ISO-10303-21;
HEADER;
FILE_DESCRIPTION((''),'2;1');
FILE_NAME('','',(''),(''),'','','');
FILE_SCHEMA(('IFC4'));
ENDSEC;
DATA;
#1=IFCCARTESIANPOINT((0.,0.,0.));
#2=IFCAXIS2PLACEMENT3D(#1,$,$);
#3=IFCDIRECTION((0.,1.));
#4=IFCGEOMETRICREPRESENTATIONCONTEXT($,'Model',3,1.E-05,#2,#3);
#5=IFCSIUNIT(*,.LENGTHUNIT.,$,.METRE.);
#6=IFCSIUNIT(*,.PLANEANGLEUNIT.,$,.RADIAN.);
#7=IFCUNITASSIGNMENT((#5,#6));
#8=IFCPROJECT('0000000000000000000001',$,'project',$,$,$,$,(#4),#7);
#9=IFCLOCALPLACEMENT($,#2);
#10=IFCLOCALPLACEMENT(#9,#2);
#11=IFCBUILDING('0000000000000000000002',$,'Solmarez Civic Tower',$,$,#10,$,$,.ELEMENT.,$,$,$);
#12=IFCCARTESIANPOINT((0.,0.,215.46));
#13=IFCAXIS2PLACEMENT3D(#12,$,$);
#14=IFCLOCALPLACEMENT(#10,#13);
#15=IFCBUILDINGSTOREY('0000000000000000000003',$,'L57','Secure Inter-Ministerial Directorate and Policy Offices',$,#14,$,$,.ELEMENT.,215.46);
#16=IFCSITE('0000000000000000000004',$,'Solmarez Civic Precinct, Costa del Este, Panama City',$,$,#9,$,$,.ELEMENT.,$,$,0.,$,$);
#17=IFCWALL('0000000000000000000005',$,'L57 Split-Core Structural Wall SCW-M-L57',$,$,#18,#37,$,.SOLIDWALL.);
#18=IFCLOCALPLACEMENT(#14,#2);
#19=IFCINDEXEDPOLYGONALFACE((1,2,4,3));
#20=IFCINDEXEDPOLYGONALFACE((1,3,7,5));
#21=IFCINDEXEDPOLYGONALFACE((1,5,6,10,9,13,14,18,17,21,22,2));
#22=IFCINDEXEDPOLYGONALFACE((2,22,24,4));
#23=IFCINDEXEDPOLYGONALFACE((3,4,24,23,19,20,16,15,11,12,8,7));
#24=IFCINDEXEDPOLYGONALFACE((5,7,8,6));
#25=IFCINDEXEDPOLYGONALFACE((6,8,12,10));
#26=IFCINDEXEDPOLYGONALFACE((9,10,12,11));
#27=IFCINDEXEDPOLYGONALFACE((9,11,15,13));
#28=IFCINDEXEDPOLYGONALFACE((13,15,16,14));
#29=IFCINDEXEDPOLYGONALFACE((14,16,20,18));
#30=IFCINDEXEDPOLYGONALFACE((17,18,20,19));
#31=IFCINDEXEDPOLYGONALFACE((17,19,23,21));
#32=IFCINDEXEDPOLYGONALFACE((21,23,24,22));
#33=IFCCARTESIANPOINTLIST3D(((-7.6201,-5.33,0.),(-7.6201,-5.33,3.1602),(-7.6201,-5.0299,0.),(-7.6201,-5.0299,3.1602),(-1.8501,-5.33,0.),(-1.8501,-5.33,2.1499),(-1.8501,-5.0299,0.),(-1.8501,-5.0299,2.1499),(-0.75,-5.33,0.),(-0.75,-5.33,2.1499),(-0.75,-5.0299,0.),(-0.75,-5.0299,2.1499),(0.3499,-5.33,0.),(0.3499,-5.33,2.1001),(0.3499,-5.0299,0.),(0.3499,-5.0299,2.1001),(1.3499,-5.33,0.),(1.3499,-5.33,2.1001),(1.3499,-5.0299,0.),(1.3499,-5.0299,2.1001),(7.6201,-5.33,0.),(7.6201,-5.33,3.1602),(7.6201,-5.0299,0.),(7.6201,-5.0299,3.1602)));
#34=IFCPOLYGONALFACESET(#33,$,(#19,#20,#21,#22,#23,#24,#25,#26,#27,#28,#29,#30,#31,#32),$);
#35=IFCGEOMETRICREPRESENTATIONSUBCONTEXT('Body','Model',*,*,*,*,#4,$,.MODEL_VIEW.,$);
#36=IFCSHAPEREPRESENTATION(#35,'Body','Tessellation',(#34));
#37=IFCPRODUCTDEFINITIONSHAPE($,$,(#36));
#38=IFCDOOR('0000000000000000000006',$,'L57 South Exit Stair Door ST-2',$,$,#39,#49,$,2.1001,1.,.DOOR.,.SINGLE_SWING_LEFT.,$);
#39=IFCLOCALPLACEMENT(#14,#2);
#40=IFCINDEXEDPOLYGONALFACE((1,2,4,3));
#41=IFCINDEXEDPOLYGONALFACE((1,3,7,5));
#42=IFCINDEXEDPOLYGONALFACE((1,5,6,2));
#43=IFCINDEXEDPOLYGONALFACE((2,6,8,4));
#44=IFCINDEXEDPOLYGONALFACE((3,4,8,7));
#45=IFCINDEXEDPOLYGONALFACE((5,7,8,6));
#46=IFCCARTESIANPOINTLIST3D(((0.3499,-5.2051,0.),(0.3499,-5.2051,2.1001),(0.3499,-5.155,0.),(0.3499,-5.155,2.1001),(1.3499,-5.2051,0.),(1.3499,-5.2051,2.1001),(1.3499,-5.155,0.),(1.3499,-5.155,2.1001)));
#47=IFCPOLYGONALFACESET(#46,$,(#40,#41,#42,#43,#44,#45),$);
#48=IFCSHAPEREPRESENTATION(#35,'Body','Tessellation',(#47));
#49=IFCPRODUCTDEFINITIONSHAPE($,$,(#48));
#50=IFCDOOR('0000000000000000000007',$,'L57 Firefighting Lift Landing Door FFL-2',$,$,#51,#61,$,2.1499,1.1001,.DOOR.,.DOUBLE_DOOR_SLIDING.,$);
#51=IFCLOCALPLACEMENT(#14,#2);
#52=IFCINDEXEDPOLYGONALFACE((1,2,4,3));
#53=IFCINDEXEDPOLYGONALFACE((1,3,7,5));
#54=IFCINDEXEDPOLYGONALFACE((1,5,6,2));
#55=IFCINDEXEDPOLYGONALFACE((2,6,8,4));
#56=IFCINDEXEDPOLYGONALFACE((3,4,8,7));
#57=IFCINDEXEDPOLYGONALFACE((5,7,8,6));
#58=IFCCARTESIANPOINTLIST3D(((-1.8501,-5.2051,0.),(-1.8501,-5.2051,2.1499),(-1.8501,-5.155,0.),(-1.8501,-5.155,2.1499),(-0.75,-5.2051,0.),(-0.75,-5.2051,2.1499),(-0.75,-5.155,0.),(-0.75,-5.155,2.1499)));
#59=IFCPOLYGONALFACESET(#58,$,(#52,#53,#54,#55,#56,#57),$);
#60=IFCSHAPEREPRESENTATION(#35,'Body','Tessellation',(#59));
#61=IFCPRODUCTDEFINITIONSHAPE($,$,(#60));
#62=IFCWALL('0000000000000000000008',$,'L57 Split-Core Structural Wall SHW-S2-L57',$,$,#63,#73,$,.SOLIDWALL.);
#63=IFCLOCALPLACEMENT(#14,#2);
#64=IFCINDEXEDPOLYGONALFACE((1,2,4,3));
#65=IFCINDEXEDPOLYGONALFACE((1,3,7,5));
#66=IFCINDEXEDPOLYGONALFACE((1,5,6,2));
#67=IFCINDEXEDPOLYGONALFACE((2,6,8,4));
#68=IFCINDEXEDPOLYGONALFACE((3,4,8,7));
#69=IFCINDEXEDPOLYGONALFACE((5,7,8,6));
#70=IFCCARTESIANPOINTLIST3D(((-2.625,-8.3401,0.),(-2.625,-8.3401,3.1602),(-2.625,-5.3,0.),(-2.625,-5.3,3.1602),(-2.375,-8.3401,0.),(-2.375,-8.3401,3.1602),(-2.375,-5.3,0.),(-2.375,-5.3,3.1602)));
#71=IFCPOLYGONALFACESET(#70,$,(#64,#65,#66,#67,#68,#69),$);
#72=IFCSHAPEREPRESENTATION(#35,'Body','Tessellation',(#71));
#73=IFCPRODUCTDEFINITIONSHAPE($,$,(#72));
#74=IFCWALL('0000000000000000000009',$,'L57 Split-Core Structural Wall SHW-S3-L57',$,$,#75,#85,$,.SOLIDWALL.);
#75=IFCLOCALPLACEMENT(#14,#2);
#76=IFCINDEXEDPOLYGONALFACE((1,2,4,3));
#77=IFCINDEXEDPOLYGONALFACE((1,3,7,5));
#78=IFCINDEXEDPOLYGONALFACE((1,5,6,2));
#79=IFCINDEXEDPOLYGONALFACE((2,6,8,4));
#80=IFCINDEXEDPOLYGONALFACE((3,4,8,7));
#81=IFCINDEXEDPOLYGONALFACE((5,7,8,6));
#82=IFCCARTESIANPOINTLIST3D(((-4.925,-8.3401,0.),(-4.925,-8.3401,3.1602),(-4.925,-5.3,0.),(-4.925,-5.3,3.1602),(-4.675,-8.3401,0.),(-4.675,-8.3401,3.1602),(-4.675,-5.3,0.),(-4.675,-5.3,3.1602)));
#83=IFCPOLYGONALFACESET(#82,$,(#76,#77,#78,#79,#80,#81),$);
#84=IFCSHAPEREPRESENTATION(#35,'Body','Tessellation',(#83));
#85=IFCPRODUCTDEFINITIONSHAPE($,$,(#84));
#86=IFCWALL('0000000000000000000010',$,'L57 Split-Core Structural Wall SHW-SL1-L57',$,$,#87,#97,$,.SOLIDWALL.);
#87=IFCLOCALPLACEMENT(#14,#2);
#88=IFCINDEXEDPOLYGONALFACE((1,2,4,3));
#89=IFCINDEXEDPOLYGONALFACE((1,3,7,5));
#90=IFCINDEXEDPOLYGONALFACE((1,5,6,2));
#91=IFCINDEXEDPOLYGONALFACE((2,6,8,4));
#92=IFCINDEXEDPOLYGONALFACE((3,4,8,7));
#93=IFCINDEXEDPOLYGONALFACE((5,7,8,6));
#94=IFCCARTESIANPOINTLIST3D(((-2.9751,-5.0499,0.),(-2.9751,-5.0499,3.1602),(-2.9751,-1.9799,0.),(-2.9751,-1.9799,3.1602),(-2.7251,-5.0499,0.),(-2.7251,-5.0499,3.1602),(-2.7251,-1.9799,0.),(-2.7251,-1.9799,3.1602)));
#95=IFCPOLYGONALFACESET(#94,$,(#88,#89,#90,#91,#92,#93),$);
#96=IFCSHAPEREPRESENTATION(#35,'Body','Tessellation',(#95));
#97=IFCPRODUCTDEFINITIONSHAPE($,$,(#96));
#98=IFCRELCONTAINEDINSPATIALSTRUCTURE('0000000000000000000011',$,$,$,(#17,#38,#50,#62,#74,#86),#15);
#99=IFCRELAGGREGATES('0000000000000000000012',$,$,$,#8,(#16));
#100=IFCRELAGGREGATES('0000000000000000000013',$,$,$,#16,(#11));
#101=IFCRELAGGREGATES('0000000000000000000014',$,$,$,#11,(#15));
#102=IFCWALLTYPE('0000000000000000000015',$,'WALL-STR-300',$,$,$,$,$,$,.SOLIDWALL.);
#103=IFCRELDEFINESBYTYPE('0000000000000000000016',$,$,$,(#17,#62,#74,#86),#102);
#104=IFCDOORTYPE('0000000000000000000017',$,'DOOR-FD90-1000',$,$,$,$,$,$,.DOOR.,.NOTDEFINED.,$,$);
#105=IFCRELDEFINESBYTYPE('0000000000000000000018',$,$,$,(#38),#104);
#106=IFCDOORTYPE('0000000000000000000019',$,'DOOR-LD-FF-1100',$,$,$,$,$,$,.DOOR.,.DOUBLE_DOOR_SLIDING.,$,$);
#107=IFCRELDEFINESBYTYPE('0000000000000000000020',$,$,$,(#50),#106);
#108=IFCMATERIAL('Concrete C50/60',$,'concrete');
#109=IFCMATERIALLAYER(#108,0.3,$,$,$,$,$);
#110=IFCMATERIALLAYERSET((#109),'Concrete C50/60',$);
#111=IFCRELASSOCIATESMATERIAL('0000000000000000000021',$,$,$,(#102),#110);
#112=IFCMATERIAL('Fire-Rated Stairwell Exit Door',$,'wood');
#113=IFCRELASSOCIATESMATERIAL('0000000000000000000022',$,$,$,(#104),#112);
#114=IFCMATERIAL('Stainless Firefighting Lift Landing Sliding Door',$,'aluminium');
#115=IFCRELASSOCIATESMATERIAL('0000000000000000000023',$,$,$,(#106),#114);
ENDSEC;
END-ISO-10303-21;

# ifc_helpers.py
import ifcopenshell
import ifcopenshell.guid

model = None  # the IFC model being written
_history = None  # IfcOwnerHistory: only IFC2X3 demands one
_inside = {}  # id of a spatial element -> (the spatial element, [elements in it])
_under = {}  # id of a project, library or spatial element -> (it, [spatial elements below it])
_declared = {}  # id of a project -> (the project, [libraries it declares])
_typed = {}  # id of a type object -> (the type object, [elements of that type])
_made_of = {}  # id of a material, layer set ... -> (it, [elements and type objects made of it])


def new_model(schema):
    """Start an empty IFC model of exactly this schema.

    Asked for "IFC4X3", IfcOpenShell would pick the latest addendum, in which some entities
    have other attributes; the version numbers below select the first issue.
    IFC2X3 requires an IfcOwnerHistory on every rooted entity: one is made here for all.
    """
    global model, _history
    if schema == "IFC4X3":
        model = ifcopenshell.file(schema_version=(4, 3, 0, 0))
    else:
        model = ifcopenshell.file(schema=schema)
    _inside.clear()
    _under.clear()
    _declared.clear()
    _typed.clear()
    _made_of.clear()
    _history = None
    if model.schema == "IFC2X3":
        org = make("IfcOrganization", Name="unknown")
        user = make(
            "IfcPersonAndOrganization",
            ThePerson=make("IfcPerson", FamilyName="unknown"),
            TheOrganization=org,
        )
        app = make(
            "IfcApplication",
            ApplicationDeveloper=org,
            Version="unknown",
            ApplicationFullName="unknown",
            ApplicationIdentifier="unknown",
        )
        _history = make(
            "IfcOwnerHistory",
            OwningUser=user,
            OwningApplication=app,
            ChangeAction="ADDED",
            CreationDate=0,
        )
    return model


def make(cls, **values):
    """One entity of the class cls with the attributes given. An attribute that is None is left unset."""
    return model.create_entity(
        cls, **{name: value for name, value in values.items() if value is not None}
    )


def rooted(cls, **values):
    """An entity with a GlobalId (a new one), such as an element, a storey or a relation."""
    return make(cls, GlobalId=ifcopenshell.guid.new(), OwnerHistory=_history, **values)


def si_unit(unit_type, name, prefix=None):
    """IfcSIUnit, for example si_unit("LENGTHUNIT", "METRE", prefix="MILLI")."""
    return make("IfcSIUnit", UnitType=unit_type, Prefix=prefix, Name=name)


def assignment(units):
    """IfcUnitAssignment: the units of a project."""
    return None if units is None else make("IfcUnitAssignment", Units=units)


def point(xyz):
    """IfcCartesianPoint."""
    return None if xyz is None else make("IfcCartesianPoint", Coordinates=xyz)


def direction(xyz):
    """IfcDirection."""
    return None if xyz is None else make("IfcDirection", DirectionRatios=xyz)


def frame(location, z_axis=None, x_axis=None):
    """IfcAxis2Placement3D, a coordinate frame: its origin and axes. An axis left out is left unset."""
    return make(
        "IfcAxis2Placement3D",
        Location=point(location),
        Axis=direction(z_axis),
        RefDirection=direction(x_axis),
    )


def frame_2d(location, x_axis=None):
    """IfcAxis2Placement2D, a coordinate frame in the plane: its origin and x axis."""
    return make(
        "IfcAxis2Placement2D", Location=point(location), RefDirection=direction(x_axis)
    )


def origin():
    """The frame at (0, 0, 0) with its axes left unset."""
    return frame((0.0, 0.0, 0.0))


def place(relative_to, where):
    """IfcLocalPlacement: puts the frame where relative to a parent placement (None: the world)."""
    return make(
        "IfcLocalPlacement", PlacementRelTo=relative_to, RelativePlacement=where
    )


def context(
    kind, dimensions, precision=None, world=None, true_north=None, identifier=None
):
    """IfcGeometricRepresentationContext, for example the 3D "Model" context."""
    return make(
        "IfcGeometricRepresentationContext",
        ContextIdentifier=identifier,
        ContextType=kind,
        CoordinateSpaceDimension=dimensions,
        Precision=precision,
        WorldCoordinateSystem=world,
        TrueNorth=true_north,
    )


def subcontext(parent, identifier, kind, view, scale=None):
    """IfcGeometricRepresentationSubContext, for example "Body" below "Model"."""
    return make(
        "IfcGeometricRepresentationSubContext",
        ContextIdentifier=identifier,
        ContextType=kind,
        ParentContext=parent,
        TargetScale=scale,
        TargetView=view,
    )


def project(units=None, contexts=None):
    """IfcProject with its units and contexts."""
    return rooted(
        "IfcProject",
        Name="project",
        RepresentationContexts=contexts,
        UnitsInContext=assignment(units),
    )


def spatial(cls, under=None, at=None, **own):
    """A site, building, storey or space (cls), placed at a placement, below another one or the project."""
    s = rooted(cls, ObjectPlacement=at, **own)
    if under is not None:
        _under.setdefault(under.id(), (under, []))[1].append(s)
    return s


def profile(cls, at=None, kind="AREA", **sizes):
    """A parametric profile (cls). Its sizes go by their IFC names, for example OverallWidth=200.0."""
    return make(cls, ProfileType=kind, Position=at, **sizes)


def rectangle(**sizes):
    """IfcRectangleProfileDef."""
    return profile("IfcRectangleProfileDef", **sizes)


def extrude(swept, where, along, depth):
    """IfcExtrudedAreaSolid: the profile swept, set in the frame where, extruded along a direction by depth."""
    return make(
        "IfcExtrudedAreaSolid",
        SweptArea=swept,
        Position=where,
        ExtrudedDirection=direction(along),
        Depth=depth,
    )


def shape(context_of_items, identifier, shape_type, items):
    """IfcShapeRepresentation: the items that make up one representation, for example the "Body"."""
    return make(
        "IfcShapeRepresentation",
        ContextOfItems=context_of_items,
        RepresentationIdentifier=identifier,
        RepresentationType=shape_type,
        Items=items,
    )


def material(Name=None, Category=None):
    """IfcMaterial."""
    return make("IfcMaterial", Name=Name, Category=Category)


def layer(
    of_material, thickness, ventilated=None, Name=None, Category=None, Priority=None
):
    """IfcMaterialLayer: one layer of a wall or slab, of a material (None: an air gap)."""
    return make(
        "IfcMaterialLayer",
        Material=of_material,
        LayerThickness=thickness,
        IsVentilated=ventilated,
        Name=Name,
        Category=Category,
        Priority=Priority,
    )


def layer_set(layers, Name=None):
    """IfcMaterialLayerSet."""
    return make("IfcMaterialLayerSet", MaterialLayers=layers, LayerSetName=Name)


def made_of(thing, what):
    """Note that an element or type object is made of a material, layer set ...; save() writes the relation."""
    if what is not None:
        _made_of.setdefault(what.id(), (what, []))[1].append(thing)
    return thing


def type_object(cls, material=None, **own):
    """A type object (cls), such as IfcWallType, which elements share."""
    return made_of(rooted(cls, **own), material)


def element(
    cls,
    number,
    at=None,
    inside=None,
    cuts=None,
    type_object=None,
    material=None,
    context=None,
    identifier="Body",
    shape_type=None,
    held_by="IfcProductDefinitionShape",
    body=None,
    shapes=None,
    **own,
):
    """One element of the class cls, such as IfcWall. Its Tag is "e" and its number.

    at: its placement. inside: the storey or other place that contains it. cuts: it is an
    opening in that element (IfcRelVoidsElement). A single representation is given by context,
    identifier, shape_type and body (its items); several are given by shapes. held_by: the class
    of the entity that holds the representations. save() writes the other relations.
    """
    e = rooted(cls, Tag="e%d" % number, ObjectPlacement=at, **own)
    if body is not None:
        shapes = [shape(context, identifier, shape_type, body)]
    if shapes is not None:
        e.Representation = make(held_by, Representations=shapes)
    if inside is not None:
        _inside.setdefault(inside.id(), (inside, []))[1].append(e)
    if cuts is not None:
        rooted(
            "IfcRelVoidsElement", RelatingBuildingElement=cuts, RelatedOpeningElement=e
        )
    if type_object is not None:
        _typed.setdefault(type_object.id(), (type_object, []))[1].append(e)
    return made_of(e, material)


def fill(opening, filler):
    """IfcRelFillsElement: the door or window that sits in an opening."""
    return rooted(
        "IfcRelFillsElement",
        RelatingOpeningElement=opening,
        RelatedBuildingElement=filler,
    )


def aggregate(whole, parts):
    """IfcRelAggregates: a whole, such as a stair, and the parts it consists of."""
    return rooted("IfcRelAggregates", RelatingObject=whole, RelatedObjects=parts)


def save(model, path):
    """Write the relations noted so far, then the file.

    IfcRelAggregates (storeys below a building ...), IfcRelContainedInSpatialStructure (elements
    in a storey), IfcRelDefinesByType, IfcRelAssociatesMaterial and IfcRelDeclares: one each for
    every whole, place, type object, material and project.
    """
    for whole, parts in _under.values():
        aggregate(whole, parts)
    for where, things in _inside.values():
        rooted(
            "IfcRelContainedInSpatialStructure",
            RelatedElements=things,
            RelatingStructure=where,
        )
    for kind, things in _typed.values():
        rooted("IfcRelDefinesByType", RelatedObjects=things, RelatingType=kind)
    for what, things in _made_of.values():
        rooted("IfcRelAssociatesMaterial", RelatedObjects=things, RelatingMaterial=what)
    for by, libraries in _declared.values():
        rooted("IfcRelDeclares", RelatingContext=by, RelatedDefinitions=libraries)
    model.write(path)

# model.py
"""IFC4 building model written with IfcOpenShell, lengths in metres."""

from ifc_helpers import new_model, si_unit, direction, frame, frame_2d, origin, place, context, subcontext, project, spatial, rectangle, extrude, material, layer, layer_set, type_object, element, fill, save


model = new_model("IFC4")

# Units and contexts
model_context = context("Model", 3, precision=1e-05, world=origin(), true_north=direction((0.0, 1.0)))
body_context = subcontext(model_context, "Body", "Model", "MODEL_VIEW")
ifc_project = project(units=[si_unit("LENGTHUNIT", "METRE"), si_unit("PLANEANGLEUNIT", "RADIAN")], contexts=[model_context])

# Site, building, storey
site_placement = place(None, origin())
site = spatial("IfcSite", under=ifc_project, at=site_placement, Name="Solmarez Civic Precinct, Costa del Este, Panama City", CompositionType="ELEMENT", RefElevation=0.0)
building_placement = place(site_placement, origin())
building = spatial("IfcBuilding", under=site, at=building_placement, Name="Solmarez Civic Tower", CompositionType="ELEMENT")
storey_placement = place(building_placement, frame((0.0, 0.0, 215.46)))
storey = spatial("IfcBuildingStorey", under=building, at=storey_placement, Name="L57", Description="Secure Inter-Ministerial Directorate and Policy Offices", CompositionType="ELEMENT", Elevation=215.46)

# Shared definitions
ifc_material_1 = material(Name="Concrete C50/60", Category="concrete")

# Wall, openings, doors
ifc_layer_1 = layer(ifc_material_1, 0.3)
ifc_layer_set_1 = layer_set([ifc_layer_1], Name="Concrete C50/60")
wall_type_1 = type_object("IfcWallType", Name="WALL-STR-300", PredefinedType="SOLIDWALL", material=ifc_layer_set_1)
wall_1_placement = place(storey_placement, frame((-7.6201, -5.1799, 0.0), z_axis=(0.0, 0.0, 1.0), x_axis=(1.0, 0.0, 0.0)))
wall_1 = element("IfcWall", 1, at=wall_1_placement, inside=storey, type_object=wall_type_1, Name="L57 Split-Core Structural Wall SCW-M-L57", PredefinedType="SOLIDWALL", context=body_context, shape_type="SweptSolid", body=[
    extrude(rectangle(XDim=15.2402, YDim=0.3, at=frame_2d((7.6201, 0.0))), origin(), (0.0, 0.0, 1.0), 3.1602),
])
opening_1_placement = place(wall_1_placement, frame((5.77, 0.0, 0.0)))
opening_1 = element("IfcOpeningElement", 2, at=opening_1_placement, cuts=wall_1, PredefinedType="OPENING", context=body_context, shape_type="SweptSolid", body=[
    extrude(rectangle(XDim=1.1001, YDim=2.1499, at=frame_2d((0.55, 1.075))), frame((0.0, 0.1599, 0.0), z_axis=(0.0, -1.0, 0.0), x_axis=(1.0, 0.0, 0.0)), (0.0, 0.0, 1.0), 0.3201),
])
opening_2_placement = place(wall_1_placement, frame((7.97, 0.0, 0.0)))
opening_2 = element("IfcOpeningElement", 3, at=opening_2_placement, cuts=wall_1, PredefinedType="OPENING", context=body_context, shape_type="SweptSolid", body=[
    extrude(rectangle(XDim=1.0, YDim=2.1001, at=frame_2d((0.5, 1.05))), frame((0.0, 0.1599, 0.0), z_axis=(0.0, -1.0, 0.0), x_axis=(1.0, 0.0, 0.0)), (0.0, 0.0, 1.0), 0.3201),
])
ifc_material_2 = material(Name="Fire-Rated Stairwell Exit Door", Category="wood")
door_type_1 = type_object("IfcDoorType", Name="DOOR-FD90-1000", OperationType="NOTDEFINED", PredefinedType="DOOR", material=ifc_material_2)
door_1_placement = place(opening_2_placement, origin())
door_1 = element("IfcDoor", 4, at=door_1_placement, inside=storey, type_object=door_type_1, Name="L57 South Exit Stair Door ST-2", OperationType="SINGLE_SWING_LEFT", OverallHeight=2.1001, OverallWidth=1.0, PredefinedType="DOOR", context=body_context, shape_type="SweptSolid", body=[
    extrude(rectangle(XDim=1.0, YDim=2.1001, at=frame_2d((0.5, 1.05))), frame((0.0, 0.0249, 0.0), z_axis=(0.0, -1.0, 0.0), x_axis=(1.0, 0.0, 0.0)), (0.0, 0.0, 1.0), 0.05),
])
fill(opening_2, door_1)
ifc_material_3 = material(Name="Stainless Firefighting Lift Landing Sliding Door", Category="aluminium")
door_type_2 = type_object("IfcDoorType", Name="DOOR-LD-FF-1100", OperationType="DOUBLE_DOOR_SLIDING", PredefinedType="DOOR", material=ifc_material_3)
door_2_placement = place(opening_1_placement, origin())
door_2 = element("IfcDoor", 5, at=door_2_placement, inside=storey, type_object=door_type_2, Name="L57 Firefighting Lift Landing Door FFL-2", OperationType="DOUBLE_DOOR_SLIDING", OverallHeight=2.1499, OverallWidth=1.1001, PredefinedType="DOOR", context=body_context, shape_type="SweptSolid", body=[
    extrude(rectangle(XDim=1.1001, YDim=2.1499, at=frame_2d((0.55, 1.075))), frame((0.0, 0.0249, 0.0), z_axis=(0.0, -1.0, 0.0), x_axis=(1.0, 0.0, 0.0)), (0.0, 0.0, 1.0), 0.05),
])
fill(opening_1, door_2)

# Walls
for number, where, z_axis, x_axis, name in (
    (6, (-2.5, -8.3401, 0.0), (0.0, 0.0, 1.0), (0.0, 1.0, 0.0), "L57 Split-Core Structural Wall SHW-S2-L57"),
    (7, (-4.8, -8.3401, 0.0), (0.0, 0.0, 1.0), (0.0, 1.0, 0.0), "L57 Split-Core Structural Wall SHW-S3-L57"),
):
    element("IfcWall", number, at=place(storey_placement, frame(where, z_axis=z_axis, x_axis=x_axis)), inside=storey, type_object=wall_type_1, Name=name, PredefinedType="SOLIDWALL", context=body_context, shape_type="SweptSolid", body=[
        extrude(rectangle(XDim=3.04, YDim=0.25, at=frame_2d((1.52, 0.0))), origin(), (0.0, 0.0, 1.0), 3.1602),
    ])
wall_2_placement = place(storey_placement, frame((-2.8501, -5.05, 0.0), z_axis=(0.0, 0.0, 1.0), x_axis=(0.0, 1.0, 0.0)))
element("IfcWall", 8, at=wall_2_placement, inside=storey, type_object=wall_type_1, Name="L57 Split-Core Structural Wall SHW-SL1-L57", PredefinedType="SOLIDWALL", context=body_context, shape_type="SweptSolid", body=[
    extrude(rectangle(XDim=3.0701, YDim=0.25, at=frame_2d((1.5352, 0.0))), origin(), (0.0, 0.0, 1.0), 3.1602),
])

save(model, "model.ifc")
